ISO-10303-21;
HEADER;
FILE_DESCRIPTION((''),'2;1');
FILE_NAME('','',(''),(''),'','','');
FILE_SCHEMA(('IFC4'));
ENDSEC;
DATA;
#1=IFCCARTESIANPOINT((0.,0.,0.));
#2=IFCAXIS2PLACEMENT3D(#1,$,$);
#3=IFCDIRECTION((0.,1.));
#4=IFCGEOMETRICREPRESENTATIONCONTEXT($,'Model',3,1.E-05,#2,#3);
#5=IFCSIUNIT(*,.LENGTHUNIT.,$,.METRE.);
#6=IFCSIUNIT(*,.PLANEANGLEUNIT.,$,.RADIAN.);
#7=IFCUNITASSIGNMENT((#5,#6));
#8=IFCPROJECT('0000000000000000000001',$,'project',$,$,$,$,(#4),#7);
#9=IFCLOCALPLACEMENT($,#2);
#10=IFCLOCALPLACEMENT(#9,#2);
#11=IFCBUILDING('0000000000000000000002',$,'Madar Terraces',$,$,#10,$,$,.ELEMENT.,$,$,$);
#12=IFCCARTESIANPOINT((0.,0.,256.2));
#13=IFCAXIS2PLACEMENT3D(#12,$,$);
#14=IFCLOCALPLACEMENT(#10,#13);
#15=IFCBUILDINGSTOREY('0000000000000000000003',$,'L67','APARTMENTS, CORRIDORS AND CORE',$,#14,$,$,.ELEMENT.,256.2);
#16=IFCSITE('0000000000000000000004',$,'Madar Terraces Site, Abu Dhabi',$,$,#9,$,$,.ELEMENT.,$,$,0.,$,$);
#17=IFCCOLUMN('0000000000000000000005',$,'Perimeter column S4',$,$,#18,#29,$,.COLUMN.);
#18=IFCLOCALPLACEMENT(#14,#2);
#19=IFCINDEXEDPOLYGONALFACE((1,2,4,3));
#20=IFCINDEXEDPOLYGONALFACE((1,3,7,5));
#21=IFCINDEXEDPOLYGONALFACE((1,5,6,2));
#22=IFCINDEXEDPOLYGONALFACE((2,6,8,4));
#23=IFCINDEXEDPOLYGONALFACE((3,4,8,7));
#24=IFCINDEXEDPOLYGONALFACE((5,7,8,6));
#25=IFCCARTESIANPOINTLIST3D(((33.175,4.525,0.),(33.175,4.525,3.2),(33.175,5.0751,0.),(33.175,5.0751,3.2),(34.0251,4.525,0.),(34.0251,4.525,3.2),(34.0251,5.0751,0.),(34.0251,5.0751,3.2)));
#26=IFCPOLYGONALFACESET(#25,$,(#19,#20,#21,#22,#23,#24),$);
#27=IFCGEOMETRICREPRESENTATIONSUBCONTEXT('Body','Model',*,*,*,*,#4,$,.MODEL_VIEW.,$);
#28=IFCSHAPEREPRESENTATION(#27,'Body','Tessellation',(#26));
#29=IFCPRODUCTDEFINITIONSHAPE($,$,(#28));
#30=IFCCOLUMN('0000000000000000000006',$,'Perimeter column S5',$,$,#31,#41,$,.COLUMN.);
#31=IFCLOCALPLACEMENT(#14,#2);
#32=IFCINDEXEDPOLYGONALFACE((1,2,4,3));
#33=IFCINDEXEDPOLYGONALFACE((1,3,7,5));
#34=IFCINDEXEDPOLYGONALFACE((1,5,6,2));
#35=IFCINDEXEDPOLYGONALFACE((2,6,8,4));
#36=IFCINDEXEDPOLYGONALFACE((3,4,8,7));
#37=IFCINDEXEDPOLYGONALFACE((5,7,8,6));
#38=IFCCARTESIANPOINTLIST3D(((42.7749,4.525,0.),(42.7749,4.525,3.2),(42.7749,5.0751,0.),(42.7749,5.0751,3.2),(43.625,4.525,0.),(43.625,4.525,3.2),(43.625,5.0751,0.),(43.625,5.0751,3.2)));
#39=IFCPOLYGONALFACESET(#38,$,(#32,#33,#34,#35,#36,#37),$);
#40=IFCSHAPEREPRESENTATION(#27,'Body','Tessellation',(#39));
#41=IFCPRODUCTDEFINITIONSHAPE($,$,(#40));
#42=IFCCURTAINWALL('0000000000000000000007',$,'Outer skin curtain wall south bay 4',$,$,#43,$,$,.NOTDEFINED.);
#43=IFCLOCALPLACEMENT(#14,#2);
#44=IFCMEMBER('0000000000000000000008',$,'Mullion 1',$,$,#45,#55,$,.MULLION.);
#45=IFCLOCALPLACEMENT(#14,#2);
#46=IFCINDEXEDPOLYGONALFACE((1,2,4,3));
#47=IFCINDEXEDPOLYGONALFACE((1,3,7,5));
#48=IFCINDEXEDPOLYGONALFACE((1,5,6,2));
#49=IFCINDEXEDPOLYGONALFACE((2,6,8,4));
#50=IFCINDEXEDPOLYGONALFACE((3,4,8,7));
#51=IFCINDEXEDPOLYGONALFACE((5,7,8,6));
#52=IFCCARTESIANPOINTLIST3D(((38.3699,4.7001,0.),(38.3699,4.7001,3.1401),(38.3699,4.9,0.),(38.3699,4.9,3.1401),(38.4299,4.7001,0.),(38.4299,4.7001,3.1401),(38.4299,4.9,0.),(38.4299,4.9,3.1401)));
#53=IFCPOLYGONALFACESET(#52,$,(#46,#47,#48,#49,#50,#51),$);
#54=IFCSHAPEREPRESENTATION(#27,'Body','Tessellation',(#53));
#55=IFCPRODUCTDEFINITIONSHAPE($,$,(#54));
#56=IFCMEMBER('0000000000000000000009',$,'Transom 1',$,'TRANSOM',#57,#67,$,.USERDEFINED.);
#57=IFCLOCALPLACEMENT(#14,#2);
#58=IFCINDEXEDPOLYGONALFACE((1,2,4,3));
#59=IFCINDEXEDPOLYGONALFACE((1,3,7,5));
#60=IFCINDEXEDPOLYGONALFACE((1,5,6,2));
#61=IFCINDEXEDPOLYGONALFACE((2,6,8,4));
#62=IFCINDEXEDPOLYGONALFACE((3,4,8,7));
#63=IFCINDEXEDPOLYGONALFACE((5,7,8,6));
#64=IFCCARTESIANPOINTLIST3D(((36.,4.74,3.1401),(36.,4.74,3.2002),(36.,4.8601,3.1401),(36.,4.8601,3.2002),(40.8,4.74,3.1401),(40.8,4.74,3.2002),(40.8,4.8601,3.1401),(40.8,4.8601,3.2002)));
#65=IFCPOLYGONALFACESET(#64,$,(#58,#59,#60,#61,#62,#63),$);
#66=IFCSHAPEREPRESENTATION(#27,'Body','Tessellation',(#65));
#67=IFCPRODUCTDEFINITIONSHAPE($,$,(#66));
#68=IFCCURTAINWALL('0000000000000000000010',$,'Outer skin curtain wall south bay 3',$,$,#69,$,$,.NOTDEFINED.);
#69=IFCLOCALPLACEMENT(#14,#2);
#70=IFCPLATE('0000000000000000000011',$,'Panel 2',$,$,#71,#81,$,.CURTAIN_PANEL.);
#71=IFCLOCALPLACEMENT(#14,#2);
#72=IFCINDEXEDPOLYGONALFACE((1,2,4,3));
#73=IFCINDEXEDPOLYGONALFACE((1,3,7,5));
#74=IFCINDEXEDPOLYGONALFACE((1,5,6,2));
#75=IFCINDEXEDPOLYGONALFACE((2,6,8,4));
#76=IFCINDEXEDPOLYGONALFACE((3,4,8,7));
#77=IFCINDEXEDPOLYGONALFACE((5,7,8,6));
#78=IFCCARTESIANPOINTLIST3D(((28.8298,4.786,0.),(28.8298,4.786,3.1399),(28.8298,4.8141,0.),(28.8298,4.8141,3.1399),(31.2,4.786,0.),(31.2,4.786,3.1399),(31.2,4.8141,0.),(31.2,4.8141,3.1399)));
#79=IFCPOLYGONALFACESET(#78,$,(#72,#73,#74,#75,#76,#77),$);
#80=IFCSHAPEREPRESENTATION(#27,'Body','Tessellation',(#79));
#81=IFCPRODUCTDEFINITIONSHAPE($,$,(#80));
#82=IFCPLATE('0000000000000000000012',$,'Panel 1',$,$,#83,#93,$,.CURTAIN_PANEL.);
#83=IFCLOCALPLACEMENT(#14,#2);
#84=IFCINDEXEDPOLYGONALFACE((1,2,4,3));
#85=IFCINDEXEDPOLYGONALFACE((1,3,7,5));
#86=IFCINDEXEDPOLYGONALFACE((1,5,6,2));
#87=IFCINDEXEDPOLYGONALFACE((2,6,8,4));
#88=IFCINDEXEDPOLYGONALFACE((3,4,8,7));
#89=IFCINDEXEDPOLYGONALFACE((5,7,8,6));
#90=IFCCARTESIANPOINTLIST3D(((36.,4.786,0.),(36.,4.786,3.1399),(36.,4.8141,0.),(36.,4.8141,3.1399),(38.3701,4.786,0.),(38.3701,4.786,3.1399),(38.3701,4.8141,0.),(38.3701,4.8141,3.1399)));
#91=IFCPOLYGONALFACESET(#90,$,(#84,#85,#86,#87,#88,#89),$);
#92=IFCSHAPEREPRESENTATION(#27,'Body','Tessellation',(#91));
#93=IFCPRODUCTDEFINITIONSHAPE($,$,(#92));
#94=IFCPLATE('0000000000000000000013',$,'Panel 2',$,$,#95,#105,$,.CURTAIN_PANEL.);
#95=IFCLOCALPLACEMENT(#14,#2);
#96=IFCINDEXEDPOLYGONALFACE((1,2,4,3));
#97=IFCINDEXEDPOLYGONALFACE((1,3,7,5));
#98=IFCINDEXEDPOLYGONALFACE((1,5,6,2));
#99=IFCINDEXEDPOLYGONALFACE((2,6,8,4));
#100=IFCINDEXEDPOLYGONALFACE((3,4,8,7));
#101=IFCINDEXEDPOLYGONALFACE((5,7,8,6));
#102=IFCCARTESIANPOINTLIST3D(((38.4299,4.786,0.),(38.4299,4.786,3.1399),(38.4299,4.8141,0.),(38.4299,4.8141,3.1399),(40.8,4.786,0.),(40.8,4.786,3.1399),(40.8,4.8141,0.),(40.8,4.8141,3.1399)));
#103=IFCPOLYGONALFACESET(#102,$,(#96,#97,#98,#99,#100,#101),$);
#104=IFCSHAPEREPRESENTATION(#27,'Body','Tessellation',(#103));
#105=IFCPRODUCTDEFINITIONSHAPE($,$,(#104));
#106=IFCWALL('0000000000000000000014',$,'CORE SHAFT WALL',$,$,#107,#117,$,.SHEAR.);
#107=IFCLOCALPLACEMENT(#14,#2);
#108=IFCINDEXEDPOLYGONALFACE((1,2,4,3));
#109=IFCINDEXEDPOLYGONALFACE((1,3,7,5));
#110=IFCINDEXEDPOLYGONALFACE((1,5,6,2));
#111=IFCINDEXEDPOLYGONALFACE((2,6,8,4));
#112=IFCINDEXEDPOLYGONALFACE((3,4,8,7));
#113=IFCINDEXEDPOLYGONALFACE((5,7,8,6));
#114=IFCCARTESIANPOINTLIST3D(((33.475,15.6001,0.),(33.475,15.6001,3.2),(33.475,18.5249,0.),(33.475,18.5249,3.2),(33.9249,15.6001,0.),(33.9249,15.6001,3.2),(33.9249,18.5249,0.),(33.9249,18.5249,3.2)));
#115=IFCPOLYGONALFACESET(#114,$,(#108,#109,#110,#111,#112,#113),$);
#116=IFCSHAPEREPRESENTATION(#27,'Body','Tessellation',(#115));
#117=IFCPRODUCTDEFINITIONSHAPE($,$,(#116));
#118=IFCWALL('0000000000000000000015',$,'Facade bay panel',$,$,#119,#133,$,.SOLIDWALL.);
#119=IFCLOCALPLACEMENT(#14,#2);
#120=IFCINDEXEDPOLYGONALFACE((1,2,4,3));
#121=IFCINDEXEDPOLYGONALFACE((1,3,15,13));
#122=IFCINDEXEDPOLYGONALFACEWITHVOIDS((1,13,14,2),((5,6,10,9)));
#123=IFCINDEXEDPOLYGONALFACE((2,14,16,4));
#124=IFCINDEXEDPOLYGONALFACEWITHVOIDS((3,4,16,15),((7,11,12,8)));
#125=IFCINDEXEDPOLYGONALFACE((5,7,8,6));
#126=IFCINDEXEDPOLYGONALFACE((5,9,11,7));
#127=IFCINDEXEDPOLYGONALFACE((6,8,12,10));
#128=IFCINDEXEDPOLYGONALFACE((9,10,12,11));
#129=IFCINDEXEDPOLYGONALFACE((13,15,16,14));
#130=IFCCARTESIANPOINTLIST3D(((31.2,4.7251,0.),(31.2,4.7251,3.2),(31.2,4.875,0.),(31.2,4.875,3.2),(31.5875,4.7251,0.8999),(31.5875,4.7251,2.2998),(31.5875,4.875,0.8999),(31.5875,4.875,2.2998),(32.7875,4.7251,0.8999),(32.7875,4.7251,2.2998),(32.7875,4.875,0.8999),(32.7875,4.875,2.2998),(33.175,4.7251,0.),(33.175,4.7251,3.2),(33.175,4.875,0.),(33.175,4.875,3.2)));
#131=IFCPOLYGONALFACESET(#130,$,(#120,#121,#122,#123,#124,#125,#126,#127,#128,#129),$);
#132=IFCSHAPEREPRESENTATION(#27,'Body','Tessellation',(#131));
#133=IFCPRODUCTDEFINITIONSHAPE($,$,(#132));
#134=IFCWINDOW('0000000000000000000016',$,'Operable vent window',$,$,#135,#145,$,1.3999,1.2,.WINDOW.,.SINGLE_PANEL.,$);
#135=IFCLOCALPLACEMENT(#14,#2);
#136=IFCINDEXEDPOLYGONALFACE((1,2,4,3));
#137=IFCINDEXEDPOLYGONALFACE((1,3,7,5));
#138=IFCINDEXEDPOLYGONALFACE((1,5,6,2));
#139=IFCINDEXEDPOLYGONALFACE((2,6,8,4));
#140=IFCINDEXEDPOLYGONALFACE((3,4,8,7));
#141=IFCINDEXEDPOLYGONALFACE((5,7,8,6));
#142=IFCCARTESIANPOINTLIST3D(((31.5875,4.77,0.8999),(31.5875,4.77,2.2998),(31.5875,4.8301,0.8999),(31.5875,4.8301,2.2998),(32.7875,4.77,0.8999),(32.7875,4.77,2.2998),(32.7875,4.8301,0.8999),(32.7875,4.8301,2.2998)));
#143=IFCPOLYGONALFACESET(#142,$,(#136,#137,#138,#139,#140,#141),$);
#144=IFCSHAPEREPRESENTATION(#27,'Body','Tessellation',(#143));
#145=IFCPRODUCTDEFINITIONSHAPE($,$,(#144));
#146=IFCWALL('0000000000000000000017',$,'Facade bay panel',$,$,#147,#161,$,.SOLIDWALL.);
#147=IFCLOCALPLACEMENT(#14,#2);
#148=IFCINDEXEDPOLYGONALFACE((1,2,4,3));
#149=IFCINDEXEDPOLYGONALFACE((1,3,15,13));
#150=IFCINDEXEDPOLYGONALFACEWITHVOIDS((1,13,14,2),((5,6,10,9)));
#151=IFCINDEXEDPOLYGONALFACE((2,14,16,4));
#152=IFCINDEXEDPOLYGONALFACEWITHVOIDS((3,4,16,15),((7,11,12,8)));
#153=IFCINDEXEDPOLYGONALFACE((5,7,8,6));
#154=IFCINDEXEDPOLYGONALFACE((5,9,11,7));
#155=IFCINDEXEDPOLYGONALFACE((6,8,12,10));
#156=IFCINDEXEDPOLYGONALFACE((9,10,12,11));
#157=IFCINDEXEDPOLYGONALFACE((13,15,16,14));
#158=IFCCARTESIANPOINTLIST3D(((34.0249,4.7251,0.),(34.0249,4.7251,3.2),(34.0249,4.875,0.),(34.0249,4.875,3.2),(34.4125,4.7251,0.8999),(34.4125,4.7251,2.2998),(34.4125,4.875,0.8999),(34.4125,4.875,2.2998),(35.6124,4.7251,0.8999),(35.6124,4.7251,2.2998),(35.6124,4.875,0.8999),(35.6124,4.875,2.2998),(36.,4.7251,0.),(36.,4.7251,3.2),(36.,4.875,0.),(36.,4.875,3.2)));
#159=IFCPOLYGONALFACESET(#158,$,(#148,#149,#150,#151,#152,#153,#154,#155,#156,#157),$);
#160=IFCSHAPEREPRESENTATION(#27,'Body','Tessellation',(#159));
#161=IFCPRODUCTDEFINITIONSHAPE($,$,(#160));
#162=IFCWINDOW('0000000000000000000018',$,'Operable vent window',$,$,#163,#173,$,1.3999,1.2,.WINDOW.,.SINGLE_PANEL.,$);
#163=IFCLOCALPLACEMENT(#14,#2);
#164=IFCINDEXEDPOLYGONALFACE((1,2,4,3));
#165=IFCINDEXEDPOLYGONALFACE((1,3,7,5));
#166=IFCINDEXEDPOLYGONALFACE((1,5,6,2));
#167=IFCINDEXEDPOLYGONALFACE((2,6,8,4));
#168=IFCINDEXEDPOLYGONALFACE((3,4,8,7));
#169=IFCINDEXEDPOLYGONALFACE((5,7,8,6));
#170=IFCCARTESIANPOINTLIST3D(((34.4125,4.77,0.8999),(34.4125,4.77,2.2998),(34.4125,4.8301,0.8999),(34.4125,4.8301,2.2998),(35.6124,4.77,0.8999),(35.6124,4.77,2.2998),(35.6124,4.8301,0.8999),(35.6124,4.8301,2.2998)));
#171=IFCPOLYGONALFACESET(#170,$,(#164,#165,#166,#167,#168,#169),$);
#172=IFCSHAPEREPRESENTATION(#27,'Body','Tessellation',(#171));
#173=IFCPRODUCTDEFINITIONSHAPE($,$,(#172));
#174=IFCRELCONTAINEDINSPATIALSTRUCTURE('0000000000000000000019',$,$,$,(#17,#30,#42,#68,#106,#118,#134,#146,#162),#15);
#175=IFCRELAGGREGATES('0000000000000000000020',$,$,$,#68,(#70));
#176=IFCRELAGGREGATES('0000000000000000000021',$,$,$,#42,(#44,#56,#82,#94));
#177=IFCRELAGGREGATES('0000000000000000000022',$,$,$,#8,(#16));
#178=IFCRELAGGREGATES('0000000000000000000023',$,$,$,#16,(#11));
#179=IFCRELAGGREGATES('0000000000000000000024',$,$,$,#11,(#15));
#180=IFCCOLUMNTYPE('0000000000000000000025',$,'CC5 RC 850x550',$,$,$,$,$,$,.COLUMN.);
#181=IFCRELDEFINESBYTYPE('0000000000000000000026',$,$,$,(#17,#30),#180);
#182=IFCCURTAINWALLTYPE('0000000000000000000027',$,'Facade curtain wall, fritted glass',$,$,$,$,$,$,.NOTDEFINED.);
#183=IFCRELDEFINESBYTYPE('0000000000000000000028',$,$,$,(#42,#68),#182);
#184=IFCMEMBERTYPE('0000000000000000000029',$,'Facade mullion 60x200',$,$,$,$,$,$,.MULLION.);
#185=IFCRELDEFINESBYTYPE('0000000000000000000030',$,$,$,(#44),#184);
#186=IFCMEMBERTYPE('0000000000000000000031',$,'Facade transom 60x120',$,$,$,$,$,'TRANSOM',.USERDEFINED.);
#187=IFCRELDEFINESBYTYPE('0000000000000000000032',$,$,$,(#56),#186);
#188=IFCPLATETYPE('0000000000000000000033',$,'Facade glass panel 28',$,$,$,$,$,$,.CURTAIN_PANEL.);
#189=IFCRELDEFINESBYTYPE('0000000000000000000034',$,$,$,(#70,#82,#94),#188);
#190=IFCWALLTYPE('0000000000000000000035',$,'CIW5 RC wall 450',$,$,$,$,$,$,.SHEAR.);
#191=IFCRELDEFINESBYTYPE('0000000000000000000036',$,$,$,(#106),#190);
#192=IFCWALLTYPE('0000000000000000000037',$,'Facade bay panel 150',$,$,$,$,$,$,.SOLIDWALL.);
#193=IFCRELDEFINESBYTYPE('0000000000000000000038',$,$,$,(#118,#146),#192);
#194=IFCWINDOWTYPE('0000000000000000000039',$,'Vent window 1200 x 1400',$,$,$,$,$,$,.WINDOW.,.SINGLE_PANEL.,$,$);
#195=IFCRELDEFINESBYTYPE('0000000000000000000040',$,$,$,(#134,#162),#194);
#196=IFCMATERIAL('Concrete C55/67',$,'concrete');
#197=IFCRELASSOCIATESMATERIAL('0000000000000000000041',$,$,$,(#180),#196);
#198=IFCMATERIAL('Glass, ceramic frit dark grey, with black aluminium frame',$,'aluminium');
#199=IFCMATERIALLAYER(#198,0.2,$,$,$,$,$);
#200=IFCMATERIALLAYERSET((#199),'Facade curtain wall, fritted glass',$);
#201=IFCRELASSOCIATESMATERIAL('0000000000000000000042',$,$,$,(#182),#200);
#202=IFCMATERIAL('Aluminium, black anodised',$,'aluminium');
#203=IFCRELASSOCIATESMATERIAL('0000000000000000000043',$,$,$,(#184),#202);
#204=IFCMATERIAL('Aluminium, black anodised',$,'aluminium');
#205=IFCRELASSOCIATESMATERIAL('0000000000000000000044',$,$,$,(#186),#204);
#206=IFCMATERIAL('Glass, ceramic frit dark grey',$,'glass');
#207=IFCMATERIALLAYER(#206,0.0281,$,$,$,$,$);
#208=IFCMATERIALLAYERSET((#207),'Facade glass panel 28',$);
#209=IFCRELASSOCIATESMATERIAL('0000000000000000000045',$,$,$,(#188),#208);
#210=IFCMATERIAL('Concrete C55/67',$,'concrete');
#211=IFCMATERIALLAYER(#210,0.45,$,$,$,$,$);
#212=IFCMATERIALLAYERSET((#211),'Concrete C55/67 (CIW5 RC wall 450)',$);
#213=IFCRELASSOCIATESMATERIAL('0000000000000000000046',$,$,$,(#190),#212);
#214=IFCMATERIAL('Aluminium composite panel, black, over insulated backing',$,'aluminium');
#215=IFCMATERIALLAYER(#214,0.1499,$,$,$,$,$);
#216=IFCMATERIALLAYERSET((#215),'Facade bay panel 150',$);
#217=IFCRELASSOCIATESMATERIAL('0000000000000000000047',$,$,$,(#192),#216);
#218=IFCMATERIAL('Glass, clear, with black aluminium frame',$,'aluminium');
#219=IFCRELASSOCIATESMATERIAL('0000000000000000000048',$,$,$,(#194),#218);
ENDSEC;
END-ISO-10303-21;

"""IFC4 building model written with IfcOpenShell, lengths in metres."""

from ifc_helpers import new_model, si_unit, direction, frame, frame_2d, origin, origin_2d, place, context, subcontext, project, spatial, rectangle, extrude, material, layer, layer_set, material_profile, profile_set, type_object, element, fill, aggregate, save


model = new_model("IFC4")

# Units and contexts
model_context = context("Model", 3, precision=1e-05, world=origin(), true_north=direction((0.0, 1.0)))
body_context = subcontext(model_context, "Body", "Model", "MODEL_VIEW")
ifc_project = project(units=[si_unit("LENGTHUNIT", "METRE"), si_unit("PLANEANGLEUNIT", "RADIAN")], contexts=[model_context])

# Site, building, storey
site_placement = place(None, origin())
site = spatial("IfcSite", under=ifc_project, at=site_placement, Name="Madar Terraces Site, Abu Dhabi", CompositionType="ELEMENT", RefElevation=0.0)
building_placement = place(site_placement, origin())
building = spatial("IfcBuilding", under=site, at=building_placement, Name="Madar Terraces", CompositionType="ELEMENT")
storey_placement = place(building_placement, frame((0.0, 0.0, 256.2)))
storey = spatial("IfcBuildingStorey", under=building, at=storey_placement, Name="L67", Description="APARTMENTS, CORRIDORS AND CORE", CompositionType="ELEMENT", Elevation=256.2)

# Columns
ifc_material_1 = material(Name="Concrete C55/67", Category="concrete")
ifc_material_profile_1 = material_profile(ifc_material_1, rectangle(XDim=0.8501, YDim=0.55, at=origin_2d()), Name="CC5 RC 850x550")
ifc_profile_set_1 = profile_set([ifc_material_profile_1], Name="Concrete C55/67")
column_type = type_object("IfcColumnType", Name="CC5 RC 850x550", PredefinedType="COLUMN", material=ifc_profile_set_1)
for number, where, z_axis, x_axis, name in (
    (1, (33.6001, 4.8, 0.0), (0.0, 0.0, 1.0), (1.0, 0.0, 0.0), "Perimeter column S4"),
    (2, (43.2, 4.8, 0.0), (0.0, 0.0, 1.0), (1.0, 0.0, 0.0), "Perimeter column S5"),
):
    element("IfcColumn", number, at=place(storey_placement, frame(where, z_axis=z_axis, x_axis=x_axis)), inside=storey, type_object=column_type, Name=name, PredefinedType="COLUMN", context=body_context, shape_type="SweptSolid", body=[
        extrude(rectangle(XDim=0.8501, YDim=0.55, at=origin_2d()), origin(), (0.0, 0.0, 1.0), 3.2),
    ])

# Curtain wall, members
ifc_material_2 = material(Name="Glass, ceramic frit dark grey, with black aluminium frame", Category="aluminium")
ifc_layer_1 = layer(ifc_material_2, 0.2)
ifc_layer_set_1 = layer_set([ifc_layer_1], Name="Facade curtain wall, fritted glass")
curtain_wall_type = type_object("IfcCurtainWallType", Name="Facade curtain wall, fritted glass", PredefinedType="NOTDEFINED", material=ifc_layer_set_1)
curtain_wall_1_placement = place(storey_placement, origin())
curtain_wall_1 = element("IfcCurtainWall", 3, at=curtain_wall_1_placement, inside=storey, type_object=curtain_wall_type, Name="Outer skin curtain wall south bay 4", PredefinedType="NOTDEFINED")
ifc_material_3 = material(Name="Aluminium, black anodised", Category="aluminium")
ifc_material_profile_2 = material_profile(ifc_material_3, rectangle(XDim=0.2, YDim=0.0601, at=origin_2d()), Name="Facade mullion 60x200")
ifc_profile_set_2 = profile_set([ifc_material_profile_2], Name="Aluminium, black anodised")
member_type_1 = type_object("IfcMemberType", Name="Facade mullion 60x200", PredefinedType="MULLION", material=ifc_profile_set_2)
member_1_placement = place(storey_placement, frame((38.3999, 4.8, 0.0), z_axis=(0.0, 0.0, 1.0), x_axis=(0.0, 1.0, 0.0)))
member_1 = element("IfcMember", 4, at=member_1_placement, type_object=member_type_1, Name="Mullion 1", PredefinedType="MULLION", context=body_context, shape_type="SweptSolid", body=[
    extrude(rectangle(XDim=0.2, YDim=0.0601, at=origin_2d()), origin(), (0.0, 0.0, 1.0), 3.1401),
])
ifc_material_4 = material(Name="Aluminium, black anodised", Category="aluminium")
ifc_material_profile_3 = material_profile(ifc_material_4, rectangle(XDim=0.1201, YDim=0.0601, at=origin_2d()), Name="Facade transom 60x120")
ifc_profile_set_3 = profile_set([ifc_material_profile_3], Name="Aluminium, black anodised")
member_type_2 = type_object("IfcMemberType", Name="Facade transom 60x120", ElementType="TRANSOM", PredefinedType="USERDEFINED", material=ifc_profile_set_3)
member_2_placement = place(storey_placement, frame((36.0, 4.8, 3.1702), z_axis=(1.0, 0.0, 0.0), x_axis=(0.0, 1.0, 0.0)))
member_2 = element("IfcMember", 5, at=member_2_placement, type_object=member_type_2, Name="Transom 1", ObjectType="TRANSOM", PredefinedType="USERDEFINED", context=body_context, shape_type="SweptSolid", body=[
    extrude(rectangle(XDim=0.1201, YDim=0.0601, at=origin_2d()), origin(), (0.0, 0.0, 1.0), 4.8),
])

# Curtain wall, plate
curtain_wall_2_placement = place(storey_placement, origin())
curtain_wall_2 = element("IfcCurtainWall", 6, at=curtain_wall_2_placement, inside=storey, type_object=curtain_wall_type, Name="Outer skin curtain wall south bay 3", PredefinedType="NOTDEFINED")
ifc_material_5 = material(Name="Glass, ceramic frit dark grey", Category="glass")
ifc_layer_2 = layer(ifc_material_5, 0.0281)
ifc_layer_set_2 = layer_set([ifc_layer_2], Name="Facade glass panel 28")
plate_type = type_object("IfcPlateType", Name="Facade glass panel 28", PredefinedType="CURTAIN_PANEL", material=ifc_layer_set_2)
plate_1_placement = place(storey_placement, frame((30.0149, 4.8, 0.0), z_axis=(0.0, 0.0, 1.0), x_axis=(1.0, 0.0, 0.0)))
plate_1 = element("IfcPlate", 7, at=plate_1_placement, type_object=plate_type, Name="Panel 2", PredefinedType="CURTAIN_PANEL", context=body_context, shape_type="SweptSolid", body=[
    extrude(rectangle(XDim=2.3701, YDim=0.0281, at=origin_2d()), origin(), (0.0, 0.0, 1.0), 3.1399),
])
aggregate(curtain_wall_2, [plate_1])

# Plates
plate_2_placement = place(storey_placement, frame((37.1851, 4.8, 0.0), z_axis=(0.0, 0.0, 1.0), x_axis=(1.0, 0.0, 0.0)))
plate_2 = element("IfcPlate", 8, at=plate_2_placement, type_object=plate_type, Name="Panel 1", PredefinedType="CURTAIN_PANEL", context=body_context, shape_type="SweptSolid", body=[
    extrude(rectangle(XDim=2.3701, YDim=0.0281, at=origin_2d()), origin(), (0.0, 0.0, 1.0), 3.1399),
])
plate_3_placement = place(storey_placement, frame((39.615, 4.8, 0.0), z_axis=(0.0, 0.0, 1.0), x_axis=(1.0, 0.0, 0.0)))
plate_3 = element("IfcPlate", 9, at=plate_3_placement, type_object=plate_type, Name="Panel 2", PredefinedType="CURTAIN_PANEL", context=body_context, shape_type="SweptSolid", body=[
    extrude(rectangle(XDim=2.3701, YDim=0.0281, at=origin_2d()), origin(), (0.0, 0.0, 1.0), 3.1399),
])
aggregate(curtain_wall_1, [member_1, member_2, plate_2, plate_3])

# Wall
ifc_material_6 = material(Name="Concrete C55/67", Category="concrete")
ifc_layer_3 = layer(ifc_material_6, 0.45)
ifc_layer_set_3 = layer_set([ifc_layer_3], Name="Concrete C55/67 (CIW5 RC wall 450)")
wall_type_1 = type_object("IfcWallType", Name="CIW5 RC wall 450", PredefinedType="SHEAR", material=ifc_layer_set_3)
wall_1_placement = place(storey_placement, frame((33.7, 15.6001, 0.0), z_axis=(0.0, 0.0, 1.0), x_axis=(0.0, 1.0, 0.0)))
element("IfcWall", 10, at=wall_1_placement, inside=storey, type_object=wall_type_1, Name="CORE SHAFT WALL", PredefinedType="SHEAR", context=body_context, shape_type="SweptSolid", body=[
    extrude(rectangle(XDim=2.9248, YDim=0.45, at=frame_2d((1.4624, 0.0))), origin(), (0.0, 0.0, 1.0), 3.2),
])

# Walls, openings, windows
ifc_material_7 = material(Name="Aluminium composite panel, black, over insulated backing", Category="aluminium")
ifc_layer_4 = layer(ifc_material_7, 0.1499)
ifc_layer_set_4 = layer_set([ifc_layer_4], Name="Facade bay panel 150")
wall_type_2 = type_object("IfcWallType", Name="Facade bay panel 150", PredefinedType="SOLIDWALL", material=ifc_layer_set_4)
wall_2_placement = place(storey_placement, frame((31.2, 4.8, 0.0), z_axis=(0.0, 0.0, 1.0), x_axis=(1.0, 0.0, 0.0)))
wall_2 = element("IfcWall", 11, at=wall_2_placement, inside=storey, type_object=wall_type_2, Name="Facade bay panel", PredefinedType="SOLIDWALL", context=body_context, shape_type="SweptSolid", body=[
    extrude(rectangle(XDim=1.9751, YDim=0.1499, at=frame_2d((0.9875, 0.0))), origin(), (0.0, 0.0, 1.0), 3.2),
])
opening_1_placement = place(wall_2_placement, frame((0.3875, 0.0, 0.8999)))
opening_1 = element("IfcOpeningElement", 12, at=opening_1_placement, cuts=wall_2, PredefinedType="OPENING", context=body_context, shape_type="SweptSolid", body=[
    extrude(rectangle(XDim=1.2, YDim=1.3999, at=frame_2d((0.6001, 0.7))), frame((0.0, 0.085, 0.0), z_axis=(0.0, -1.0, 0.0), x_axis=(1.0, 0.0, 0.0)), (0.0, 0.0, 1.0), 0.1699),
])
ifc_material_8 = material(Name="Glass, clear, with black aluminium frame", Category="aluminium")
window_type = type_object("IfcWindowType", Name="Vent window 1200 x 1400", PartitioningType="SINGLE_PANEL", PredefinedType="WINDOW", material=ifc_material_8)
window_1_placement = place(opening_1_placement, origin())
window_1 = element("IfcWindow", 13, at=window_1_placement, inside=storey, type_object=window_type, Name="Operable vent window", OverallHeight=1.3999, OverallWidth=1.2, PartitioningType="SINGLE_PANEL", PredefinedType="WINDOW", context=body_context, shape_type="SweptSolid", body=[
    extrude(rectangle(XDim=1.2, YDim=1.3999, at=frame_2d((0.6001, 0.7))), frame((0.0, 0.03, 0.0), z_axis=(0.0, -1.0, 0.0), x_axis=(1.0, 0.0, 0.0)), (0.0, 0.0, 1.0), 0.0601),
])
fill(opening_1, window_1)
wall_3_placement = place(storey_placement, frame((34.0249, 4.8, 0.0), z_axis=(0.0, 0.0, 1.0), x_axis=(1.0, 0.0, 0.0)))
wall_3 = element("IfcWall", 14, at=wall_3_placement, inside=storey, type_object=wall_type_2, Name="Facade bay panel", PredefinedType="SOLIDWALL", context=body_context, shape_type="SweptSolid", body=[
    extrude(rectangle(XDim=1.9751, YDim=0.1499, at=frame_2d((0.9875, 0.0))), origin(), (0.0, 0.0, 1.0), 3.2),
])
opening_2_placement = place(wall_3_placement, frame((0.3875, 0.0, 0.8999)))
opening_2 = element("IfcOpeningElement", 15, at=opening_2_placement, cuts=wall_3, PredefinedType="OPENING", context=body_context, shape_type="SweptSolid", body=[
    extrude(rectangle(XDim=1.2, YDim=1.3999, at=frame_2d((0.6001, 0.7))), frame((0.0, 0.085, 0.0), z_axis=(0.0, -1.0, 0.0), x_axis=(1.0, 0.0, 0.0)), (0.0, 0.0, 1.0), 0.1699),
])
window_2_placement = place(opening_2_placement, origin())
window_2 = element("IfcWindow", 16, at=window_2_placement, inside=storey, type_object=window_type, Name="Operable vent window", OverallHeight=1.3999, OverallWidth=1.2, PartitioningType="SINGLE_PANEL", PredefinedType="WINDOW", context=body_context, shape_type="SweptSolid", body=[
    extrude(rectangle(XDim=1.2, YDim=1.3999, at=frame_2d((0.6001, 0.7))), frame((0.0, 0.03, 0.0), z_axis=(0.0, -1.0, 0.0), x_axis=(1.0, 0.0, 0.0)), (0.0, 0.0, 1.0), 0.0601),
])
fill(opening_2, window_2)

save(model, "model.ifc")
